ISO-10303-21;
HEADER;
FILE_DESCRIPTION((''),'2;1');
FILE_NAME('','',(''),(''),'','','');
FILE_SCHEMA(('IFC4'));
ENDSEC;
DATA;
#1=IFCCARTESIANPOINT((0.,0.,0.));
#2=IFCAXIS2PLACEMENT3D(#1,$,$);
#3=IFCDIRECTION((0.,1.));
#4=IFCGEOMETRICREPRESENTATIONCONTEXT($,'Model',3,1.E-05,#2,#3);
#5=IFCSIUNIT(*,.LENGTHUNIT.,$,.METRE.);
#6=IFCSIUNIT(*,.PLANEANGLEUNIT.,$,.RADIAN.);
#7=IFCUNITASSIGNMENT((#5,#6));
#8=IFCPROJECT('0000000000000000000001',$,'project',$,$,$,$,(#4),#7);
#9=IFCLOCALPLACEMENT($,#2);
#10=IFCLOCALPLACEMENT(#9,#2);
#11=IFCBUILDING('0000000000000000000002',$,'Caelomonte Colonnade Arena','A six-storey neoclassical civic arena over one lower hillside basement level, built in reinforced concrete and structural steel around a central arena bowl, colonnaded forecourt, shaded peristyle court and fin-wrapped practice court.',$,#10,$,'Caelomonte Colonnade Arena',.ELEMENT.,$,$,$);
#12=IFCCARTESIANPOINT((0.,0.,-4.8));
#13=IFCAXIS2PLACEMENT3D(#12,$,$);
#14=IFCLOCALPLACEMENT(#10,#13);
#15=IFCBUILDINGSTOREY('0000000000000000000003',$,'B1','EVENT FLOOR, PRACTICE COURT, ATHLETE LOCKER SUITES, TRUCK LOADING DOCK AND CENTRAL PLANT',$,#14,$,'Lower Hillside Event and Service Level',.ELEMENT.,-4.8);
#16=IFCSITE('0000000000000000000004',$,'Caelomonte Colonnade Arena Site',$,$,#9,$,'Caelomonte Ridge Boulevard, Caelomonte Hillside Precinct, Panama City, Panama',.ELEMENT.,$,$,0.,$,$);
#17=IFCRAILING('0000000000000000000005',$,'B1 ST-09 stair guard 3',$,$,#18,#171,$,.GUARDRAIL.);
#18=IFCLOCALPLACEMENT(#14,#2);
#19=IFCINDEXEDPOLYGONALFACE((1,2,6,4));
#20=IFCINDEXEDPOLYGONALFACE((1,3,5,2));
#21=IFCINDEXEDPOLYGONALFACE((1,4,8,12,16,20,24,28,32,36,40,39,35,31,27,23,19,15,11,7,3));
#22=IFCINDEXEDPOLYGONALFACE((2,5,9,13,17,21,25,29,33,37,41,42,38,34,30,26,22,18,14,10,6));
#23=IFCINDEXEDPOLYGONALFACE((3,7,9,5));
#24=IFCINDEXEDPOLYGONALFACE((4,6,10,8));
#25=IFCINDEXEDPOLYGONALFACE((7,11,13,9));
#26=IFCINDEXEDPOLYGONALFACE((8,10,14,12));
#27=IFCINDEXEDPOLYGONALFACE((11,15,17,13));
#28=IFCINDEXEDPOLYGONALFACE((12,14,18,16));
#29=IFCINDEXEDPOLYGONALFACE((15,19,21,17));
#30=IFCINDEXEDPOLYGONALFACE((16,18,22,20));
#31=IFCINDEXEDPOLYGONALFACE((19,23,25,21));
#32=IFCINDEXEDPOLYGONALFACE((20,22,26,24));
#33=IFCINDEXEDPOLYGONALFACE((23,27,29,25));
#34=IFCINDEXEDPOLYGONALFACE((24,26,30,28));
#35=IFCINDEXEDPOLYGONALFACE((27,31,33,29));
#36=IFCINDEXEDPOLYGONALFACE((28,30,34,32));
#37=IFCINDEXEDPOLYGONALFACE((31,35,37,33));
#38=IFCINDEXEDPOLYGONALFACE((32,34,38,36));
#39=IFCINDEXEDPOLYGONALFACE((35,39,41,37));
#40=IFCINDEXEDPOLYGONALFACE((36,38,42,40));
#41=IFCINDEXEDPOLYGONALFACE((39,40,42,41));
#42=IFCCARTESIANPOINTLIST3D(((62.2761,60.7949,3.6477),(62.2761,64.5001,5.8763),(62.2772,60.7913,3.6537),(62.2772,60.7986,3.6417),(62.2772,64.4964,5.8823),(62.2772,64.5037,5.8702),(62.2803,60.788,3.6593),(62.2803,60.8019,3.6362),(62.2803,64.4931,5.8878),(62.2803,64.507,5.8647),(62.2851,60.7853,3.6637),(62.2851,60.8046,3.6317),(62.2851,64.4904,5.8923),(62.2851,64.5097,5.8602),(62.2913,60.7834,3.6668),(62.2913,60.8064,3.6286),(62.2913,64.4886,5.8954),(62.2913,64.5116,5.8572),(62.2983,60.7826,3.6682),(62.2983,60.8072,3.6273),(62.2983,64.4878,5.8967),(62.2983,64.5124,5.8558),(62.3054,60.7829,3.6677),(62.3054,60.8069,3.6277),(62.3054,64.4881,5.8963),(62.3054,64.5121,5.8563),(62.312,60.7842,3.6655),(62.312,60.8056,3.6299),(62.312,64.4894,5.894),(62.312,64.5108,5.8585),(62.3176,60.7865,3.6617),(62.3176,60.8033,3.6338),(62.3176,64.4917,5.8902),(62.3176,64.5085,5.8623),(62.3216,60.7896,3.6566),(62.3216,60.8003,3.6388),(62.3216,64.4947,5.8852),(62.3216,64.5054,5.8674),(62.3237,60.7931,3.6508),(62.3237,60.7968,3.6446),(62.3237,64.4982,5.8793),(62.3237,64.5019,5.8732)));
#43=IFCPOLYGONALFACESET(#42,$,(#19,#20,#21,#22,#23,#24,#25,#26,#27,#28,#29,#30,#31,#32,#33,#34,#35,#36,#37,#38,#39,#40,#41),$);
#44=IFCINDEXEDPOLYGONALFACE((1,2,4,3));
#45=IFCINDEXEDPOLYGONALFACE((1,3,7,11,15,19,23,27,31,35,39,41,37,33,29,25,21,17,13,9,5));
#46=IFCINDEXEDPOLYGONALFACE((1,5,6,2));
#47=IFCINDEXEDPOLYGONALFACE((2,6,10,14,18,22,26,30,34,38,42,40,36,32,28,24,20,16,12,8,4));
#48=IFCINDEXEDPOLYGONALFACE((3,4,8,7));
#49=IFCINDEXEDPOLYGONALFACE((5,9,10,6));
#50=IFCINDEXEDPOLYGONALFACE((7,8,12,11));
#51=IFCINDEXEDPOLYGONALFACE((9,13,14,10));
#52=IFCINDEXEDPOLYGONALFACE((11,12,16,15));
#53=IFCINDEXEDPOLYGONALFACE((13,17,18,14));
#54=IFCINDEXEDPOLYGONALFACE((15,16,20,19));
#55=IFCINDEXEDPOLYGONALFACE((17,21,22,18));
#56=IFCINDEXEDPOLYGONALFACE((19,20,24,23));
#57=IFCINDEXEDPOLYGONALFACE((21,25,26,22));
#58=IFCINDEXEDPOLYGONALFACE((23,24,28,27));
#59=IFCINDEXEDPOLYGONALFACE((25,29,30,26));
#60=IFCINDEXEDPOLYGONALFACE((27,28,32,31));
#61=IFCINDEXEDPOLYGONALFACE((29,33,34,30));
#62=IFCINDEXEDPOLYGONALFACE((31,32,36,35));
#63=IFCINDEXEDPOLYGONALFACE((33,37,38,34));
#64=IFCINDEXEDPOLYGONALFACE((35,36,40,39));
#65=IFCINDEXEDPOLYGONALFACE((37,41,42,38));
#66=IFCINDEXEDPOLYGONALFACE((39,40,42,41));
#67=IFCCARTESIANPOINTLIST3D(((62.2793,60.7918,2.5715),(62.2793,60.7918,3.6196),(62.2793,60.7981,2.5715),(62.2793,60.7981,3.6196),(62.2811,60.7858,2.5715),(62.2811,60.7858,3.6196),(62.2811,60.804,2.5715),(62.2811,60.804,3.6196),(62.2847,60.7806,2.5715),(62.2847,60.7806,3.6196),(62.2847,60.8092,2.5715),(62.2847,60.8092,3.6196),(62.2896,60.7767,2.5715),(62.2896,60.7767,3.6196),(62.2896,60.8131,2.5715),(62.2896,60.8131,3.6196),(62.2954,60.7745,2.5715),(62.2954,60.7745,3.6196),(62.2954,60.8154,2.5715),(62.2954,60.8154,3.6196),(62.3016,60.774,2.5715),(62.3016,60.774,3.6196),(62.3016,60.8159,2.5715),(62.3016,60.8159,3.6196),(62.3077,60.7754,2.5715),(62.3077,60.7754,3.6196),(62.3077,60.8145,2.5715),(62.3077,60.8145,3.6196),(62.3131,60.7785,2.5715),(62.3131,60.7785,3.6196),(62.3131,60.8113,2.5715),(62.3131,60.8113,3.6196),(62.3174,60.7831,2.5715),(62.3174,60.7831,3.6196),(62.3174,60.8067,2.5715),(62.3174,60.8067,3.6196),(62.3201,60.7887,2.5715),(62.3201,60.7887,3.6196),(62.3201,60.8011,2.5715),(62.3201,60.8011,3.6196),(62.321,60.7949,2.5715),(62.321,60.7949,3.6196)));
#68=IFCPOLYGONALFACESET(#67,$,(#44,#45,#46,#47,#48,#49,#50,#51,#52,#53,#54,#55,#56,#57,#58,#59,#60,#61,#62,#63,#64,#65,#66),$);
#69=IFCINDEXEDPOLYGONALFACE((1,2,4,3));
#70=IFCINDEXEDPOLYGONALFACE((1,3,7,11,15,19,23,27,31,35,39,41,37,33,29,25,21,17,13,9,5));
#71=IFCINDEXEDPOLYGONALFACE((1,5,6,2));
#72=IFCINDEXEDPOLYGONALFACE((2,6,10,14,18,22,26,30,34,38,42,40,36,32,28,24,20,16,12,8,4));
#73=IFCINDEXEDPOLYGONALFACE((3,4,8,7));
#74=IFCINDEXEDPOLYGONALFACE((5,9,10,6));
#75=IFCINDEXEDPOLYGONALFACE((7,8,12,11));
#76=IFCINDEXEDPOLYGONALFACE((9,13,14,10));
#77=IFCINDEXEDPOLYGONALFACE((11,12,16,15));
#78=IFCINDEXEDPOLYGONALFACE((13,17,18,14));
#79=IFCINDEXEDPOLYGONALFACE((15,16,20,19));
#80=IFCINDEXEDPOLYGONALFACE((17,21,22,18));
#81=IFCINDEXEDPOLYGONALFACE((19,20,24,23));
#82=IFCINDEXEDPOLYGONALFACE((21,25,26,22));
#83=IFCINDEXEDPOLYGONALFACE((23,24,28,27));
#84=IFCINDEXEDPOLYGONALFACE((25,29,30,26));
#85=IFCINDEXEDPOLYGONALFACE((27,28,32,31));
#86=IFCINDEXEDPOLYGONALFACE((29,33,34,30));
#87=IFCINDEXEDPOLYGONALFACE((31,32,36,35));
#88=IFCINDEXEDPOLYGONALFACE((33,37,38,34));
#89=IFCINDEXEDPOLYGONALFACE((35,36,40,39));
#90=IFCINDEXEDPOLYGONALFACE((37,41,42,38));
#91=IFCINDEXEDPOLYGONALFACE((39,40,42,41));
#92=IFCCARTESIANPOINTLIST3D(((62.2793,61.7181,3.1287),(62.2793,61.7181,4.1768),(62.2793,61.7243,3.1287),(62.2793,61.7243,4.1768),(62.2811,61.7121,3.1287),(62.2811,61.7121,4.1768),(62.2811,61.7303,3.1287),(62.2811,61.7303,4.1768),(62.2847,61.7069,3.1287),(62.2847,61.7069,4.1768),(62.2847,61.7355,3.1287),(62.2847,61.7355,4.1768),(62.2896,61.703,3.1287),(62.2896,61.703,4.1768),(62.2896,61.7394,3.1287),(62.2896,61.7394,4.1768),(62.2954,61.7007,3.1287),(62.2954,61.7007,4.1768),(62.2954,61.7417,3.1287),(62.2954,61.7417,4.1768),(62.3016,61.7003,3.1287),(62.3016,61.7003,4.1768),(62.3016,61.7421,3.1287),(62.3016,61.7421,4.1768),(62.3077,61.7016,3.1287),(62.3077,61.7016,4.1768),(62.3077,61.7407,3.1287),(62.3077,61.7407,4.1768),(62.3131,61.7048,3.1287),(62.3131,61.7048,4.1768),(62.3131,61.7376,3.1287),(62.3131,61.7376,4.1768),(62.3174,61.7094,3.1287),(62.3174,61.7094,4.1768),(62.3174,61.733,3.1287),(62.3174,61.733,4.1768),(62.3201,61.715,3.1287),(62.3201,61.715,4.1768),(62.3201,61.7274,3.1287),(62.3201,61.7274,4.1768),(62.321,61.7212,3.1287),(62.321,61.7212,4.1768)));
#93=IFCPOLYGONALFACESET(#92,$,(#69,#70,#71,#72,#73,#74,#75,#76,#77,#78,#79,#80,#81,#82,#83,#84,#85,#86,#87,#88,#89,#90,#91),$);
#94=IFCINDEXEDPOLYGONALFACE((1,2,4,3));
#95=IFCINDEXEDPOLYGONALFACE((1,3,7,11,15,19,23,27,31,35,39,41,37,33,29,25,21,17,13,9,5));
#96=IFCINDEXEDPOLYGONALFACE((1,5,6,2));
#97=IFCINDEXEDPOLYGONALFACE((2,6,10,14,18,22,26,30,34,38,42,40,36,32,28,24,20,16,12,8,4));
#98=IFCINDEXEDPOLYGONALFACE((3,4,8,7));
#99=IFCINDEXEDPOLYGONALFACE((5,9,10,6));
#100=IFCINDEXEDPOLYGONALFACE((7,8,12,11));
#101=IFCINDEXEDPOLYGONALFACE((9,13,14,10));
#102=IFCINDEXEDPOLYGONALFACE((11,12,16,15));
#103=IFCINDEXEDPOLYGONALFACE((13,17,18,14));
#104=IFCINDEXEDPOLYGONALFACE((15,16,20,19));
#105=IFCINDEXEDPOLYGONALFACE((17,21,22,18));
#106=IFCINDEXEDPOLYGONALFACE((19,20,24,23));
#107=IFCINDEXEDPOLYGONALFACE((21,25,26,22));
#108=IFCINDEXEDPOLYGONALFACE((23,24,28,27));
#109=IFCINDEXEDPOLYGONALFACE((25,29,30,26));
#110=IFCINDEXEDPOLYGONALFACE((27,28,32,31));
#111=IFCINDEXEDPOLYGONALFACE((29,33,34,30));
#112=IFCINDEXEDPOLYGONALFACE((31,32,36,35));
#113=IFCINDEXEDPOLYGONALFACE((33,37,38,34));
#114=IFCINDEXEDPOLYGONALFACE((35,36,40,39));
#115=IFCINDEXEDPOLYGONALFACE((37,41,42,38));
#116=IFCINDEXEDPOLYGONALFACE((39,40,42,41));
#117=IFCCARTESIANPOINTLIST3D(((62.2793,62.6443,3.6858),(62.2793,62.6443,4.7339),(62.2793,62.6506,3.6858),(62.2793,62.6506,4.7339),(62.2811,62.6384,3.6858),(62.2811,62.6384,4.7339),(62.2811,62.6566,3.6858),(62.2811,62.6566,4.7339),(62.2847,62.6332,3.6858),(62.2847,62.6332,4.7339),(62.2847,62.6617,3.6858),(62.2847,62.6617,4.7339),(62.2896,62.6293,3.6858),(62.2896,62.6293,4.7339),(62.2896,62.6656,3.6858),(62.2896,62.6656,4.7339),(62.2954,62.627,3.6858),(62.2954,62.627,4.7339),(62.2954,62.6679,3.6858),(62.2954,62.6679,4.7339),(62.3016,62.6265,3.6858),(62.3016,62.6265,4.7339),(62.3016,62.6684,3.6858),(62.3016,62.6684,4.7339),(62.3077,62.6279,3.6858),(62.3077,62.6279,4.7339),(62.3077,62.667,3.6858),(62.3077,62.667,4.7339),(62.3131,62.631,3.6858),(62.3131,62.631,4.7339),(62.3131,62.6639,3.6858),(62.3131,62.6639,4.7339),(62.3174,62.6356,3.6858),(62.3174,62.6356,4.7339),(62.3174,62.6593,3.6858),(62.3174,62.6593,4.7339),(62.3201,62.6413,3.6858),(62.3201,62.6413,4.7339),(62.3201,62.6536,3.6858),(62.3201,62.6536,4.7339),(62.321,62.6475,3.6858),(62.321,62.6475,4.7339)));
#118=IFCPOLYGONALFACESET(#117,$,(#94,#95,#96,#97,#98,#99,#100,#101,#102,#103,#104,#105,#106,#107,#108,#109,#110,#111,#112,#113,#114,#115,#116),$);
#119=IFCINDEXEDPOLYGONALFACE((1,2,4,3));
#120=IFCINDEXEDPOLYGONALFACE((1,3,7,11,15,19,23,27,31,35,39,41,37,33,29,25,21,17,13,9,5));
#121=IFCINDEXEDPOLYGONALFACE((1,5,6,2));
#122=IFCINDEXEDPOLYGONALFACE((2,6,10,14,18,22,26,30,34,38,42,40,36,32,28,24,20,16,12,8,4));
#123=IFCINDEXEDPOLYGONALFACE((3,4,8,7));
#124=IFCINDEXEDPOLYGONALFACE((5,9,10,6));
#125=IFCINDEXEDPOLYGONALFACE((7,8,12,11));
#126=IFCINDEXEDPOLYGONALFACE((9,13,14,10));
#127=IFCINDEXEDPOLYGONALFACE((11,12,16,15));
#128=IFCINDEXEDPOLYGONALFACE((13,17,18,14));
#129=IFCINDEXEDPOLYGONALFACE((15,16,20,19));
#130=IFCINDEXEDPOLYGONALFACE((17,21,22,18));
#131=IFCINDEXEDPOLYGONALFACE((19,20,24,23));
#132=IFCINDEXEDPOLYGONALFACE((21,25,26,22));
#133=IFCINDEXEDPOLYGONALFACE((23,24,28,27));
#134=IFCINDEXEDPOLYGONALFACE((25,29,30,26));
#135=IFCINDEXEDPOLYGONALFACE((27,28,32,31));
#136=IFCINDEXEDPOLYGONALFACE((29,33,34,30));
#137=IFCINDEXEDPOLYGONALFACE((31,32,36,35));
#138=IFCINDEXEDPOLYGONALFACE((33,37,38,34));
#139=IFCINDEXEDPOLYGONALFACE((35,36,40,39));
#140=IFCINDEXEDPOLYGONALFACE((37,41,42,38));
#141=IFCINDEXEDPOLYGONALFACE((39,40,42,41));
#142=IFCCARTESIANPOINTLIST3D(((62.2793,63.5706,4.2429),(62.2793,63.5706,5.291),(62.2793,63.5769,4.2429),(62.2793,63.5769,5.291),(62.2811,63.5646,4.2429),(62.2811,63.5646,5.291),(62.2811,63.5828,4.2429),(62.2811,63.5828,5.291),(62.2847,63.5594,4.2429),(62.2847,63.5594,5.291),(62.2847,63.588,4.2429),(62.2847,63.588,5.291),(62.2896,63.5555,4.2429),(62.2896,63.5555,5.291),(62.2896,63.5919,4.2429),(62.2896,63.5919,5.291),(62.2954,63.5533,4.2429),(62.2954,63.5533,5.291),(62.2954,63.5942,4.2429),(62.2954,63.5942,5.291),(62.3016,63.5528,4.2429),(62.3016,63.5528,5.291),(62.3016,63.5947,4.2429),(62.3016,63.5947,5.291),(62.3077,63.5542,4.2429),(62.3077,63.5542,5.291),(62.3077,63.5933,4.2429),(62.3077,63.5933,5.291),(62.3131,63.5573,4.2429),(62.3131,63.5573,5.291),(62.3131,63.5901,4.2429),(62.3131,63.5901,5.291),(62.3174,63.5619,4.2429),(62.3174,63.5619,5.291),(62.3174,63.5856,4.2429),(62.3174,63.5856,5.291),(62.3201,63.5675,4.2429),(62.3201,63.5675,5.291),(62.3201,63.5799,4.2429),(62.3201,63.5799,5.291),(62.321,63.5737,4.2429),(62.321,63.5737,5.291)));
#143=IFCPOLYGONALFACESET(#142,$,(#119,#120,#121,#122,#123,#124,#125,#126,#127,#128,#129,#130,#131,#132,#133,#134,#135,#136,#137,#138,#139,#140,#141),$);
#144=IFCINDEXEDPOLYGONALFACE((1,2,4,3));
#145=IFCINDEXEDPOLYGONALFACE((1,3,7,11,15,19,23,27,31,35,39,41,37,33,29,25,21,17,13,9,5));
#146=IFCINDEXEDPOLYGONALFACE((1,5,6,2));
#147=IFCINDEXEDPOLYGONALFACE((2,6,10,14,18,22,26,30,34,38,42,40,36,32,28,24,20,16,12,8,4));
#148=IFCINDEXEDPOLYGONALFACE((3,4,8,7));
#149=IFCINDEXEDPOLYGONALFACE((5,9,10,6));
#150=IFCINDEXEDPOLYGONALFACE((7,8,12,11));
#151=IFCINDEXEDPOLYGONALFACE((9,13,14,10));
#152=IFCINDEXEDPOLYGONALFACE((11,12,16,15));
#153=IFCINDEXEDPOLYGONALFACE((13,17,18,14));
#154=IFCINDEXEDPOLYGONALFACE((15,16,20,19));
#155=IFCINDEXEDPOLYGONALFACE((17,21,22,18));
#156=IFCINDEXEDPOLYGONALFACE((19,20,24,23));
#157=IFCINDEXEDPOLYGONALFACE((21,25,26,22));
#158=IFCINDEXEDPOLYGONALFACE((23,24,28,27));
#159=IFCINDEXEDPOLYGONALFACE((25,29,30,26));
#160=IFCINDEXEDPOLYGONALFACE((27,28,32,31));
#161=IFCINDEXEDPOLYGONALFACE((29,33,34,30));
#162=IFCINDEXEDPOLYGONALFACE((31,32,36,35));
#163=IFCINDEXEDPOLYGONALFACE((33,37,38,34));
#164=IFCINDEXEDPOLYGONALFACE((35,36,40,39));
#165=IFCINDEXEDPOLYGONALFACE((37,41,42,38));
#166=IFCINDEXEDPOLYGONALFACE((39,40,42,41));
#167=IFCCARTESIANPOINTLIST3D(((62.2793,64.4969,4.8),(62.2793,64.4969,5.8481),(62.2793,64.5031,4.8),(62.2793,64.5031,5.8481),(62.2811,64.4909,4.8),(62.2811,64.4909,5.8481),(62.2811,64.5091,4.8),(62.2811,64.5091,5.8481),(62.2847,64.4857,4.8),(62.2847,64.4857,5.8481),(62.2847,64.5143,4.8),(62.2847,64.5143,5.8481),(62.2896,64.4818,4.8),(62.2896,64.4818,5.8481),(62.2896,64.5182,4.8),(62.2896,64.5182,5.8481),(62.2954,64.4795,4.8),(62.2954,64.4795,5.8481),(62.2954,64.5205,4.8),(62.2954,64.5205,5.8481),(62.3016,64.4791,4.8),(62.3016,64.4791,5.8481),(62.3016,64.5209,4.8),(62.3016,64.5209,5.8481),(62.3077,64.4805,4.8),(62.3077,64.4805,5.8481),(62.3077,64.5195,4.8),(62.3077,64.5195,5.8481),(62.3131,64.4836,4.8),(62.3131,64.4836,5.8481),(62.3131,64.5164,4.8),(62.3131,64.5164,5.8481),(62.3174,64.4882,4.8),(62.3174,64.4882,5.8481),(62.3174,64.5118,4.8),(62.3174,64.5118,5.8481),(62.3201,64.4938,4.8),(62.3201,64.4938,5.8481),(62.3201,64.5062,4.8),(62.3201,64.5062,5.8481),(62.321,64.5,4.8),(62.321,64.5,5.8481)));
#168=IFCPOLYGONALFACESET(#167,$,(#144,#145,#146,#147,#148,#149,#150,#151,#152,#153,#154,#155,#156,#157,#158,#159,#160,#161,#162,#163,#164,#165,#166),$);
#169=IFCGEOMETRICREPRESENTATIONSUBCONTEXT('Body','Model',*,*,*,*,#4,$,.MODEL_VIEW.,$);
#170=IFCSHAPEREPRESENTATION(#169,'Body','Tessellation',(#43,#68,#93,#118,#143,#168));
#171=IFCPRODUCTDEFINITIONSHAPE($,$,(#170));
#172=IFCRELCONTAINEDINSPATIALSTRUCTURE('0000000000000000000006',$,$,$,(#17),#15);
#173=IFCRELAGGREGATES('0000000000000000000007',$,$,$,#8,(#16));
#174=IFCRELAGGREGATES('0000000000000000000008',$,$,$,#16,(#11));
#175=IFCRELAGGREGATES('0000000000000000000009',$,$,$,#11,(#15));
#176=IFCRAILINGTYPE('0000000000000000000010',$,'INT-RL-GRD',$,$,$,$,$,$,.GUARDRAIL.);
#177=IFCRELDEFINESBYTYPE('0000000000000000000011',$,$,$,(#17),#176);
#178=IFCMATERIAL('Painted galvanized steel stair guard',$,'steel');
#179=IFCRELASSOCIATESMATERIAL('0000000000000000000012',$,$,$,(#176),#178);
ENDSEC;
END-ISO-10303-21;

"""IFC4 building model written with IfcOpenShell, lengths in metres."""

from ifc_helpers import new_model, si_unit, direction, frame, origin, origin_2d, place, context, subcontext, project, spatial, circle, extrude, material, type_object, element, save


model = new_model("IFC4")

# Units and contexts
model_context = context("Model", 3, precision=1e-05, world=origin(), true_north=direction((0.0, 1.0)))
body_context = subcontext(model_context, "Body", "Model", "MODEL_VIEW")
ifc_project = project(units=[si_unit("LENGTHUNIT", "METRE"), si_unit("PLANEANGLEUNIT", "RADIAN")], contexts=[model_context])

# Site, building, storey
site_placement = place(None, origin())
site = spatial("IfcSite", under=ifc_project, at=site_placement, Name="Caelomonte Colonnade Arena Site", LongName="Caelomonte Ridge Boulevard, Caelomonte Hillside Precinct, Panama City, Panama", CompositionType="ELEMENT", RefElevation=0.0)
building_placement = place(site_placement, origin())
building = spatial("IfcBuilding", under=site, at=building_placement, Name="Caelomonte Colonnade Arena", Description="A six-storey neoclassical civic arena over one lower hillside basement level, built in reinforced concrete and structural steel around a central arena bowl, colonnaded forecourt, shaded peristyle court and fin-wrapped practice court.", LongName="Caelomonte Colonnade Arena", CompositionType="ELEMENT")
storey_placement = place(building_placement, frame((0.0, 0.0, -4.8)))
storey = spatial("IfcBuildingStorey", under=building, at=storey_placement, Name="B1", Description="EVENT FLOOR, PRACTICE COURT, ATHLETE LOCKER SUITES, TRUCK LOADING DOCK AND CENTRAL PLANT", LongName="Lower Hillside Event and Service Level", CompositionType="ELEMENT", Elevation=-4.8)

# Railing
ifc_material_1 = material(Name="Painted galvanized steel stair guard", Category="steel")
railing_type_1 = type_object("IfcRailingType", Name="INT-RL-GRD", PredefinedType="GUARDRAIL", material=ifc_material_1)
railing_1_placement = place(storey_placement, frame((62.3, 60.7949, 2.5715)))
element("IfcRailing", 1, at=railing_1_placement, inside=storey, type_object=railing_type_1, Name="B1 ST-09 stair guard 3", PredefinedType="GUARDRAIL", context=body_context, shape_type="SweptSolid", body=[
    extrude(circle(Radius=0.0239, at=origin_2d()), frame((0.0, 0.0, 1.0762), z_axis=(0.0, 0.856934, 0.515425), x_axis=(-1.0, 0.0, 0.0)), (0.0, 0.0, 1.0), 4.3237),
    extrude(circle(Radius=0.021, at=origin_2d()), origin(), (0.0, 0.0, 1.0), 1.0481),
    extrude(circle(Radius=0.021, at=origin_2d()), frame((0.0, 0.9263, 0.5571)), (0.0, 0.0, 1.0), 1.0481),
    extrude(circle(Radius=0.021, at=origin_2d()), frame((0.0, 1.8525, 1.1143)), (0.0, 0.0, 1.0), 1.0481),
    extrude(circle(Radius=0.021, at=origin_2d()), frame((0.0, 2.7788, 1.6714)), (0.0, 0.0, 1.0), 1.0481),
    extrude(circle(Radius=0.021, at=origin_2d()), frame((0.0, 3.7051, 2.2285)), (0.0, 0.0, 1.0), 1.0481),
])

save(model, "model.ifc")
